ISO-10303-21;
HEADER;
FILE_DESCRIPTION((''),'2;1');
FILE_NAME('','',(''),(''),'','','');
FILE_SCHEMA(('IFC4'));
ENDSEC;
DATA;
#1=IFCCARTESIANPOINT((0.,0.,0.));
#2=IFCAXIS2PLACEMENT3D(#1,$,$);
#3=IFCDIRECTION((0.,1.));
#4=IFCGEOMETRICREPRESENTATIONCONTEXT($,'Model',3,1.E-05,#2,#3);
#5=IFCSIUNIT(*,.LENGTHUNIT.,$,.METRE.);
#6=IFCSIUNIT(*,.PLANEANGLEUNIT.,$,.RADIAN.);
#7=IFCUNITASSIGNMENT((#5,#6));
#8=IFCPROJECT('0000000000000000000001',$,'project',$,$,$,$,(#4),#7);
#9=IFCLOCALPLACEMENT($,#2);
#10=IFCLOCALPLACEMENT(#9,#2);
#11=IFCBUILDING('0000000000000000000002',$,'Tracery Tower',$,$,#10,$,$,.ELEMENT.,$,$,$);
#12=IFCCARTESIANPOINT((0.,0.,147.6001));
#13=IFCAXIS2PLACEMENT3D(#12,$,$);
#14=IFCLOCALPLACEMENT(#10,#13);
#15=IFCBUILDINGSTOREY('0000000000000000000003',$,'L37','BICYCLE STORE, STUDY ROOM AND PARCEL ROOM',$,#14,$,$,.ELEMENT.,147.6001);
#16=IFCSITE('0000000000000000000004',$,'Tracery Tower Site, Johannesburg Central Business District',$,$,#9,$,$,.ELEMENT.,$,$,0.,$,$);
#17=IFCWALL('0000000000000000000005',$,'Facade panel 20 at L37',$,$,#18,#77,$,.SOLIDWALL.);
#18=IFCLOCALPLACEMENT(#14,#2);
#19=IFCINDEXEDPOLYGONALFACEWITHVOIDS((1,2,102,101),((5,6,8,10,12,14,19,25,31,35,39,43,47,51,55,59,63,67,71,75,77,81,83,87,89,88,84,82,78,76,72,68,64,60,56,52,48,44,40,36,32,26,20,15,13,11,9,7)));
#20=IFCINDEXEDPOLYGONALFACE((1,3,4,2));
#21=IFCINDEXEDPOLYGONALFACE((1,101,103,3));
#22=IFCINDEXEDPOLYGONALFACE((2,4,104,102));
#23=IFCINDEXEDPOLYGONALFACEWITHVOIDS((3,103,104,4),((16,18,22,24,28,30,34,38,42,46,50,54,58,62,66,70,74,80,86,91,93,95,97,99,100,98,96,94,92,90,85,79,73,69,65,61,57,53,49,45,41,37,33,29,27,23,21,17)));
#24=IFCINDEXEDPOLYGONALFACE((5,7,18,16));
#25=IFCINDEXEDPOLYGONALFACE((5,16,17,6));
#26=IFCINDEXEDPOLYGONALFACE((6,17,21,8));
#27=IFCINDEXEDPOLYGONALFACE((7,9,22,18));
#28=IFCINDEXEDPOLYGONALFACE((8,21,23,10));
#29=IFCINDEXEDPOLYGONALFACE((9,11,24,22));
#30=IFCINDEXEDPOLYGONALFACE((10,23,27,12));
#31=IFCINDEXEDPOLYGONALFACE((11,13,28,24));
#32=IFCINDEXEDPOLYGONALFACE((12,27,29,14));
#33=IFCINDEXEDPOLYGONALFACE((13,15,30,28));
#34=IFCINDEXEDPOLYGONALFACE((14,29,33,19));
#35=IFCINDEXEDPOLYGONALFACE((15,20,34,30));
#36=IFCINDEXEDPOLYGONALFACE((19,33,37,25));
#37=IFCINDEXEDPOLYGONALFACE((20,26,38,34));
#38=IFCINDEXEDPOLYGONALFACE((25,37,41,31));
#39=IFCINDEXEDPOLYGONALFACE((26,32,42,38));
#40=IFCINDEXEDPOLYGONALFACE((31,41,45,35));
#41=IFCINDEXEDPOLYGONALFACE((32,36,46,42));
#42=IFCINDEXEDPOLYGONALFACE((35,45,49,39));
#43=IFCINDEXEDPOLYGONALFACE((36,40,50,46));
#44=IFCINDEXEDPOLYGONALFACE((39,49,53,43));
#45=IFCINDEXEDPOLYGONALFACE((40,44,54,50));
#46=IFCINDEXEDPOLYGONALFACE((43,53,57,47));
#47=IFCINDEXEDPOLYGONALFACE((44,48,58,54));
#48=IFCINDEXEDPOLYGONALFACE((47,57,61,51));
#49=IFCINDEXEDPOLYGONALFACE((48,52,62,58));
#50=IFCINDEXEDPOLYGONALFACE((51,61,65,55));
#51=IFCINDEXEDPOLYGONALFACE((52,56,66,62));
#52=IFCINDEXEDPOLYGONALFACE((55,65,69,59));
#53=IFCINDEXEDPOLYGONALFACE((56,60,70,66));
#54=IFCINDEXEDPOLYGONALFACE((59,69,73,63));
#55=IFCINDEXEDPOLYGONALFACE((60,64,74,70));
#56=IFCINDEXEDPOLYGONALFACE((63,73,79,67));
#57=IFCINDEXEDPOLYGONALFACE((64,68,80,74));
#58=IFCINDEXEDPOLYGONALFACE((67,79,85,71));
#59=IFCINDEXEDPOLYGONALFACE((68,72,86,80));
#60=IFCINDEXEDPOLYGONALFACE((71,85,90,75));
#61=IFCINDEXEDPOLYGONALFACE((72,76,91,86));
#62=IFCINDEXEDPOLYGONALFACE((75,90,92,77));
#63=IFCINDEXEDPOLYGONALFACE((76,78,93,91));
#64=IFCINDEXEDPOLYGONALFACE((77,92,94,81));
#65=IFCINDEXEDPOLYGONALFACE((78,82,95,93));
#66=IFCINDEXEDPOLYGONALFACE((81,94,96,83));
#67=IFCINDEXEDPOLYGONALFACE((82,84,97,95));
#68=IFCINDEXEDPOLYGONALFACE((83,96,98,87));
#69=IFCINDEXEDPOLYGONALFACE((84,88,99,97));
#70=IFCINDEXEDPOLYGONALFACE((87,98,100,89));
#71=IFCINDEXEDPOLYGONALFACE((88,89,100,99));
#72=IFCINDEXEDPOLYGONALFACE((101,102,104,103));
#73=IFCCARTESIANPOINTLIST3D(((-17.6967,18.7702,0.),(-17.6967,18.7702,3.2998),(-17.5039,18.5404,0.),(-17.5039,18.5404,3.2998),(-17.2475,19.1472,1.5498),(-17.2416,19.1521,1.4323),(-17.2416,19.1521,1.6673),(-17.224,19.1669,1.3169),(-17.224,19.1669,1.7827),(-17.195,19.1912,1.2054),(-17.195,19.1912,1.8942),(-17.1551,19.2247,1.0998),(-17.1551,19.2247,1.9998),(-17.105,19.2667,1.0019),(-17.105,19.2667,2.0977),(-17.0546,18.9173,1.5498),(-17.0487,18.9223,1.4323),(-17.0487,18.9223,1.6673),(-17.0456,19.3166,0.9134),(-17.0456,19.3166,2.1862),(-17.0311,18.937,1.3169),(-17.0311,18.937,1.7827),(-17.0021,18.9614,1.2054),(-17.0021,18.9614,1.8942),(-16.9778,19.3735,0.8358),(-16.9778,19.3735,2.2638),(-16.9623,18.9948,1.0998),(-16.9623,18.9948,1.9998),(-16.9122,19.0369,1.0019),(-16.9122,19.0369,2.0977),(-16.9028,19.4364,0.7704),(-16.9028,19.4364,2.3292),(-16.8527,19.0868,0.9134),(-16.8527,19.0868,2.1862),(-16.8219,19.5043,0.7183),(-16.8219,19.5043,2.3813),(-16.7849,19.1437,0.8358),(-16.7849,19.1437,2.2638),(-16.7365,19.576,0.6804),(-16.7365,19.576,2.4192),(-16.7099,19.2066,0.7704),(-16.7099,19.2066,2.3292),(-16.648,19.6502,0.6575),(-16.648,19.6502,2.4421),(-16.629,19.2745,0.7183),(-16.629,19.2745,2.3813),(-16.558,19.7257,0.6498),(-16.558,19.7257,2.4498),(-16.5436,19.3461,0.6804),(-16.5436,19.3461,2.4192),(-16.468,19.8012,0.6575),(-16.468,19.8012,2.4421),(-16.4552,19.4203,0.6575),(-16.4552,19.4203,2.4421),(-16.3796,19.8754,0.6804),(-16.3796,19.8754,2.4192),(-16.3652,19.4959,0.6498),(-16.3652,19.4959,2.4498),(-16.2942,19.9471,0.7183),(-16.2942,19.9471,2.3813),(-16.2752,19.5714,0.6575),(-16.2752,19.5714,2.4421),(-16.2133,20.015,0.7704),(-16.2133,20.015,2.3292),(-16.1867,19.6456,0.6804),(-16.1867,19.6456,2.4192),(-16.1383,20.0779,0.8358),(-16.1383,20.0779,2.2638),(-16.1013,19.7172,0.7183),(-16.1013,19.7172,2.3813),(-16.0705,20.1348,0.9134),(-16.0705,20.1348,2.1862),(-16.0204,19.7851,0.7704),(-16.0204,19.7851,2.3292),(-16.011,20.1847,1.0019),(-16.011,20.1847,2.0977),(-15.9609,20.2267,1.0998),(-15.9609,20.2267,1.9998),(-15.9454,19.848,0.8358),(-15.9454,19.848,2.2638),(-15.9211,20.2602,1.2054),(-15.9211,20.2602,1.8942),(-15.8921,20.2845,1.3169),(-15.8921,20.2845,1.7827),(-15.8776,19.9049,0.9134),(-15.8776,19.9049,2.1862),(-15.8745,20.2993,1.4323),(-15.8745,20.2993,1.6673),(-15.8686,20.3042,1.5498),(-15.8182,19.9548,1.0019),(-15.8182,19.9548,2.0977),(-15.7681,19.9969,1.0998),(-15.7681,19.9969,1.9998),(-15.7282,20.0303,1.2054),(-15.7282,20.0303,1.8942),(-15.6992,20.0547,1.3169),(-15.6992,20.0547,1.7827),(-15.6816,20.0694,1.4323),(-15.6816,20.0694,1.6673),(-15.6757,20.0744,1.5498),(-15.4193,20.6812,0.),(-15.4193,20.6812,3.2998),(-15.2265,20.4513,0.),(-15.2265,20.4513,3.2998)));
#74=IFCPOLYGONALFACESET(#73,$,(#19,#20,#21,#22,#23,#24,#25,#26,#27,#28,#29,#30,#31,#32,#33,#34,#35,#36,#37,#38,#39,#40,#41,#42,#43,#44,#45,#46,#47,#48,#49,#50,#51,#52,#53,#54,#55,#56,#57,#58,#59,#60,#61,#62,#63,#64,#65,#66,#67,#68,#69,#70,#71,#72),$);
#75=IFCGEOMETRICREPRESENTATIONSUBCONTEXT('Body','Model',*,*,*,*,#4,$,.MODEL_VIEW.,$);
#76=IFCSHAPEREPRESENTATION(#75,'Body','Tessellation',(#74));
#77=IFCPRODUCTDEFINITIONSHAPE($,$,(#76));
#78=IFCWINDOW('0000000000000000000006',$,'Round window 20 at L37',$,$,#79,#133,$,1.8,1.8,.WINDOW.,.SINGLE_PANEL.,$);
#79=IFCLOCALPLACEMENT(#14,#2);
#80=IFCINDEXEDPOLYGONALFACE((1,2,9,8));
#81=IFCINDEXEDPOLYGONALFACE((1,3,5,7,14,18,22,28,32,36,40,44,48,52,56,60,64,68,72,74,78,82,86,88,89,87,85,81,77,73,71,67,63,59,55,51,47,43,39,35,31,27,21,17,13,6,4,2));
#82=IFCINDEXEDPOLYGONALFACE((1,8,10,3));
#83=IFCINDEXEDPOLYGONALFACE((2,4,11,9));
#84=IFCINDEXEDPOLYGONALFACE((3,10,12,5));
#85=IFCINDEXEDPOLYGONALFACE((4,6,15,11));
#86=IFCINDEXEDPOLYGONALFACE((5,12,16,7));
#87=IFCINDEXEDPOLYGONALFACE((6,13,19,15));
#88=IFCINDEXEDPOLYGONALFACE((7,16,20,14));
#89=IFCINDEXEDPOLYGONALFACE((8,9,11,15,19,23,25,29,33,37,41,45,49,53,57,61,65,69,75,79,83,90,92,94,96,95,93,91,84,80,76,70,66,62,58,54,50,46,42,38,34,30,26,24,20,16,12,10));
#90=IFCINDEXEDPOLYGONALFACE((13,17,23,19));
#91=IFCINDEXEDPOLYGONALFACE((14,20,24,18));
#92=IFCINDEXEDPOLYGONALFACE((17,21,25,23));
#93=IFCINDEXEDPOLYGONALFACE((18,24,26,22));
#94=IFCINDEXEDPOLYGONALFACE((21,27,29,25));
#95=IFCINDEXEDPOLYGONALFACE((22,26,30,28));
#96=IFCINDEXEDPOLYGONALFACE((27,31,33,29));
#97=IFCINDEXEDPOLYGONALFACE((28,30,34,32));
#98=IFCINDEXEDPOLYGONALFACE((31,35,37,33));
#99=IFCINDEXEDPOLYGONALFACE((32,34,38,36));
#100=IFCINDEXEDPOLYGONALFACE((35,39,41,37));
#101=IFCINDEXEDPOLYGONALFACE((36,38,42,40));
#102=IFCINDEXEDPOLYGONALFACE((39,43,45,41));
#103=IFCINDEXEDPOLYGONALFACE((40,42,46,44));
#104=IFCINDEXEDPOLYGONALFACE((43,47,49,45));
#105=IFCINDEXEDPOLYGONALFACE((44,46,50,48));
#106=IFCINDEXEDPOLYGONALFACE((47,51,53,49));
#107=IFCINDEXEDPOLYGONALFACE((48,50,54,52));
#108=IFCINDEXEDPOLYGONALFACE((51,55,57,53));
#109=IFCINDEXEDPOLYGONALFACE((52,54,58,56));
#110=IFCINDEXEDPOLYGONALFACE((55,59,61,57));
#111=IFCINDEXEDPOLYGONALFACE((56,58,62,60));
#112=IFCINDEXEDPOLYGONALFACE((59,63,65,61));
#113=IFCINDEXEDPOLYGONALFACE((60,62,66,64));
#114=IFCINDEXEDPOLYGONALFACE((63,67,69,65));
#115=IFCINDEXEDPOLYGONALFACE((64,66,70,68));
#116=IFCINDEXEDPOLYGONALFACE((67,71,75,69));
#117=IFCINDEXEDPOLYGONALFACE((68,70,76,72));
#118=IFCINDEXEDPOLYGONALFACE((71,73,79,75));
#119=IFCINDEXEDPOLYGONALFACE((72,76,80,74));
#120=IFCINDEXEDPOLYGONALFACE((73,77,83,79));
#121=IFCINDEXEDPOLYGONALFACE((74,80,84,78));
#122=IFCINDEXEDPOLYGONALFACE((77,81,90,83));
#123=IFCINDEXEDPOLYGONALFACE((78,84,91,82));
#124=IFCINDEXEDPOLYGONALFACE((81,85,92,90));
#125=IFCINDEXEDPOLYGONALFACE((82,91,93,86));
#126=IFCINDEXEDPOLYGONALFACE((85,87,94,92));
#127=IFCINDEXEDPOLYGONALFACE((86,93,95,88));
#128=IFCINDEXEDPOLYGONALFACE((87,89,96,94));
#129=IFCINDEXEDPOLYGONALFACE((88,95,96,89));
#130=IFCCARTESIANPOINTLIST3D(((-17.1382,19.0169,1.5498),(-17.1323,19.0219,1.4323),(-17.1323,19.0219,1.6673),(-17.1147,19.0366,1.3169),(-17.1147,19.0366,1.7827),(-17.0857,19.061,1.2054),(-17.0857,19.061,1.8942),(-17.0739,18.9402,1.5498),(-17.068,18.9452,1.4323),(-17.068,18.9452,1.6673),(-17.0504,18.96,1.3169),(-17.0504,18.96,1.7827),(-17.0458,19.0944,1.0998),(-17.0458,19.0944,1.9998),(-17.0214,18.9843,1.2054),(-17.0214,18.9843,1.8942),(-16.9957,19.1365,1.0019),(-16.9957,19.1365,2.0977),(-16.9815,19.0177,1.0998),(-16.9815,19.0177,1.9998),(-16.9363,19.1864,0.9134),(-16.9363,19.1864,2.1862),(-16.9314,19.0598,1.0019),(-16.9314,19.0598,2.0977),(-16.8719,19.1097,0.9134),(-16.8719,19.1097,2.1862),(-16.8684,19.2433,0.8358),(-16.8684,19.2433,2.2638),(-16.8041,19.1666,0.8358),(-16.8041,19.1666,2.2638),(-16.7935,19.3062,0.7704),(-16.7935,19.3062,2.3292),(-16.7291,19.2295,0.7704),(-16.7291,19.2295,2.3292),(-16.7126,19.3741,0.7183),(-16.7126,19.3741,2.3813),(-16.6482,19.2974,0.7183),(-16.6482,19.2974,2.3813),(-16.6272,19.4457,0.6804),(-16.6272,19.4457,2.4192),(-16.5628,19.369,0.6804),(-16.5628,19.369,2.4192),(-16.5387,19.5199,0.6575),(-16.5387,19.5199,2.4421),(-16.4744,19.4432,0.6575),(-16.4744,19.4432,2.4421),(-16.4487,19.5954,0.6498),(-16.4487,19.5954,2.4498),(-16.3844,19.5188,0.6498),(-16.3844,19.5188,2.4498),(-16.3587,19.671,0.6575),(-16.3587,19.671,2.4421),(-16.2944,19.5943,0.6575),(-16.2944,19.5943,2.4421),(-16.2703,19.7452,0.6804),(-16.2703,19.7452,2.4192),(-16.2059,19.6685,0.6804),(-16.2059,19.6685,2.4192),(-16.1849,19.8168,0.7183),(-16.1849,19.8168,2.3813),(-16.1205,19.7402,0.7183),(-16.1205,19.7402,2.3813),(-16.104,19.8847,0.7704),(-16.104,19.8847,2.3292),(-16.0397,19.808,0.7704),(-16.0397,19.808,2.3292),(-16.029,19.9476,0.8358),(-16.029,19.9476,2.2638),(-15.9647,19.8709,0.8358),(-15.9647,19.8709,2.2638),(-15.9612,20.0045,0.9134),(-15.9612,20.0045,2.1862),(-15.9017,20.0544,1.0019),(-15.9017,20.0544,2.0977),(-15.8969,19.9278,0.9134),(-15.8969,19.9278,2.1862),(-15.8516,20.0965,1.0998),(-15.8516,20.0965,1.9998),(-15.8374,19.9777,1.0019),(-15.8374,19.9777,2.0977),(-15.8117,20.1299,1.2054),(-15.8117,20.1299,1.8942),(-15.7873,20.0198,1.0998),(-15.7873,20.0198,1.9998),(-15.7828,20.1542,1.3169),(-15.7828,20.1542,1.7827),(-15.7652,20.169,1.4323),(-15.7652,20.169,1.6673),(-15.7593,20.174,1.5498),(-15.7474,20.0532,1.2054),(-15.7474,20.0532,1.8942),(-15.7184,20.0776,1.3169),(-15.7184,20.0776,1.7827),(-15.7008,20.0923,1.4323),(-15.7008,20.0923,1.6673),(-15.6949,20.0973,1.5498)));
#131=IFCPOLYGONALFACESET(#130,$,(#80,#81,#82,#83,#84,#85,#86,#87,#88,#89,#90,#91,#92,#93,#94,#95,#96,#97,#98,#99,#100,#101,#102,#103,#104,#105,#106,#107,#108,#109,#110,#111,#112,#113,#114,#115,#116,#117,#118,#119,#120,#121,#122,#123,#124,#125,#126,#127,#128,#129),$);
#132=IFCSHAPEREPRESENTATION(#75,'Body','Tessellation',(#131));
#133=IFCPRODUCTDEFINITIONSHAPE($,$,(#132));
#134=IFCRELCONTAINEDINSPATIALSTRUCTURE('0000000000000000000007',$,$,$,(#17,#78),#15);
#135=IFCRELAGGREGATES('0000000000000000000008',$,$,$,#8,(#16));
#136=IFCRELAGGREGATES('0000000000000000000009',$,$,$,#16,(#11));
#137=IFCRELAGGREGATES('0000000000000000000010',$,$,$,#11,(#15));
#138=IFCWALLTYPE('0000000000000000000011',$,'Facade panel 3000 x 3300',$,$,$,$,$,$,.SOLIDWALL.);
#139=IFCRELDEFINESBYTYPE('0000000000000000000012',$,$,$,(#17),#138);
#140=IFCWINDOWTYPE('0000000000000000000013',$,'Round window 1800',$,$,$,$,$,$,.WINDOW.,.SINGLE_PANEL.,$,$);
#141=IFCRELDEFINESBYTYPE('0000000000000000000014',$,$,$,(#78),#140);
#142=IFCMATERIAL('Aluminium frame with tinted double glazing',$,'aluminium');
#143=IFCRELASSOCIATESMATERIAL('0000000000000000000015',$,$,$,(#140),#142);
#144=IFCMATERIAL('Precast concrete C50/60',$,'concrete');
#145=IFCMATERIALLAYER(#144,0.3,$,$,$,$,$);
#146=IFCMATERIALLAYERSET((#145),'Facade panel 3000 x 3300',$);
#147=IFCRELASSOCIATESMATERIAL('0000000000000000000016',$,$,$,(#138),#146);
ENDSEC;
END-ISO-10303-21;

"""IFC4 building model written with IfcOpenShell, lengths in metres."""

from ifc_helpers import new_model, si_unit, direction, frame, frame_2d, origin, origin_2d, place, context, subcontext, project, spatial, rectangle, circle, extrude, material, layer, layer_set, type_object, element, fill, save


model = new_model("IFC4")

# Units and contexts
model_context = context("Model", 3, precision=1e-05, world=origin(), true_north=direction((0.0, 1.0)))
body_context = subcontext(model_context, "Body", "Model", "MODEL_VIEW")
ifc_project = project(units=[si_unit("LENGTHUNIT", "METRE"), si_unit("PLANEANGLEUNIT", "RADIAN")], contexts=[model_context])

# Site, building, storey
site_placement = place(None, origin())
site = spatial("IfcSite", under=ifc_project, at=site_placement, Name="Tracery Tower Site, Johannesburg Central Business District", CompositionType="ELEMENT", RefElevation=0.0)
building_placement = place(site_placement, origin())
building = spatial("IfcBuilding", under=site, at=building_placement, Name="Tracery Tower", CompositionType="ELEMENT")
storey_placement = place(building_placement, frame((0.0, 0.0, 147.6001)))
storey = spatial("IfcBuildingStorey", under=building, at=storey_placement, Name="L37", Description="BICYCLE STORE, STUDY ROOM AND PARCEL ROOM", CompositionType="ELEMENT", Elevation=147.6001)

# Wall, opening, window
ifc_material_1 = material(Name="Aluminium frame with tinted double glazing", Category="aluminium")
window_type = type_object("IfcWindowType", Name="Round window 1800", PartitioningType="SINGLE_PANEL", PredefinedType="WINDOW", material=ifc_material_1)
ifc_material_2 = material(Name="Precast concrete C50/60", Category="concrete")
ifc_layer_1 = layer(ifc_material_2, 0.3)
ifc_layer_set_1 = layer_set([ifc_layer_1], Name="Facade panel 3000 x 3300")
wall_type_1 = type_object("IfcWallType", Name="Facade panel 3000 x 3300", PredefinedType="SOLIDWALL", material=ifc_layer_set_1)
wall_1_placement = place(storey_placement, frame((-15.323, 20.5662, 0.0), z_axis=(0.0, 0.0, 1.0), x_axis=(-0.766049, -0.642782, 0.0)))
wall_1 = element("IfcWall", 1, at=wall_1_placement, inside=storey, type_object=wall_type_1, Name="Facade panel 20 at L37", PredefinedType="SOLIDWALL", context=body_context, shape_type="SweptSolid", body=[
    extrude(rectangle(XDim=2.9729, YDim=0.3, at=frame_2d((1.4863, 0.0))), origin(), (0.0, 0.0, 1.0), 3.2998),
])
opening_1_placement = place(wall_1_placement, frame((1.4863, 0.0, 1.5498)))
opening_1 = element("IfcOpeningElement", 2, at=opening_1_placement, cuts=wall_1, PredefinedType="OPENING", context=body_context, shape_type="SweptSolid", body=[
    extrude(circle(Radius=0.9, at=origin_2d()), frame((0.0, 0.1599, 0.0), z_axis=(0.0, -1.0, 0.0), x_axis=(1.0, 0.0, 0.0)), (0.0, 0.0, 1.0), 0.3201),
])
window_1_placement = place(opening_1_placement, origin())
window_1 = element("IfcWindow", 3, at=window_1_placement, inside=storey, type_object=window_type, Name="Round window 20 at L37", OverallHeight=1.8, OverallWidth=1.8, PartitioningType="SINGLE_PANEL", PredefinedType="WINDOW", context=body_context, shape_type="SweptSolid", body=[
    extrude(circle(Radius=0.9, at=origin_2d()), frame((0.0, 0.1201, 0.0), z_axis=(0.0, -1.0, 0.0), x_axis=(1.0, 0.0, 0.0)), (0.0, 0.0, 1.0), 0.1001),
])
fill(opening_1, window_1)

save(model, "model.ifc")
